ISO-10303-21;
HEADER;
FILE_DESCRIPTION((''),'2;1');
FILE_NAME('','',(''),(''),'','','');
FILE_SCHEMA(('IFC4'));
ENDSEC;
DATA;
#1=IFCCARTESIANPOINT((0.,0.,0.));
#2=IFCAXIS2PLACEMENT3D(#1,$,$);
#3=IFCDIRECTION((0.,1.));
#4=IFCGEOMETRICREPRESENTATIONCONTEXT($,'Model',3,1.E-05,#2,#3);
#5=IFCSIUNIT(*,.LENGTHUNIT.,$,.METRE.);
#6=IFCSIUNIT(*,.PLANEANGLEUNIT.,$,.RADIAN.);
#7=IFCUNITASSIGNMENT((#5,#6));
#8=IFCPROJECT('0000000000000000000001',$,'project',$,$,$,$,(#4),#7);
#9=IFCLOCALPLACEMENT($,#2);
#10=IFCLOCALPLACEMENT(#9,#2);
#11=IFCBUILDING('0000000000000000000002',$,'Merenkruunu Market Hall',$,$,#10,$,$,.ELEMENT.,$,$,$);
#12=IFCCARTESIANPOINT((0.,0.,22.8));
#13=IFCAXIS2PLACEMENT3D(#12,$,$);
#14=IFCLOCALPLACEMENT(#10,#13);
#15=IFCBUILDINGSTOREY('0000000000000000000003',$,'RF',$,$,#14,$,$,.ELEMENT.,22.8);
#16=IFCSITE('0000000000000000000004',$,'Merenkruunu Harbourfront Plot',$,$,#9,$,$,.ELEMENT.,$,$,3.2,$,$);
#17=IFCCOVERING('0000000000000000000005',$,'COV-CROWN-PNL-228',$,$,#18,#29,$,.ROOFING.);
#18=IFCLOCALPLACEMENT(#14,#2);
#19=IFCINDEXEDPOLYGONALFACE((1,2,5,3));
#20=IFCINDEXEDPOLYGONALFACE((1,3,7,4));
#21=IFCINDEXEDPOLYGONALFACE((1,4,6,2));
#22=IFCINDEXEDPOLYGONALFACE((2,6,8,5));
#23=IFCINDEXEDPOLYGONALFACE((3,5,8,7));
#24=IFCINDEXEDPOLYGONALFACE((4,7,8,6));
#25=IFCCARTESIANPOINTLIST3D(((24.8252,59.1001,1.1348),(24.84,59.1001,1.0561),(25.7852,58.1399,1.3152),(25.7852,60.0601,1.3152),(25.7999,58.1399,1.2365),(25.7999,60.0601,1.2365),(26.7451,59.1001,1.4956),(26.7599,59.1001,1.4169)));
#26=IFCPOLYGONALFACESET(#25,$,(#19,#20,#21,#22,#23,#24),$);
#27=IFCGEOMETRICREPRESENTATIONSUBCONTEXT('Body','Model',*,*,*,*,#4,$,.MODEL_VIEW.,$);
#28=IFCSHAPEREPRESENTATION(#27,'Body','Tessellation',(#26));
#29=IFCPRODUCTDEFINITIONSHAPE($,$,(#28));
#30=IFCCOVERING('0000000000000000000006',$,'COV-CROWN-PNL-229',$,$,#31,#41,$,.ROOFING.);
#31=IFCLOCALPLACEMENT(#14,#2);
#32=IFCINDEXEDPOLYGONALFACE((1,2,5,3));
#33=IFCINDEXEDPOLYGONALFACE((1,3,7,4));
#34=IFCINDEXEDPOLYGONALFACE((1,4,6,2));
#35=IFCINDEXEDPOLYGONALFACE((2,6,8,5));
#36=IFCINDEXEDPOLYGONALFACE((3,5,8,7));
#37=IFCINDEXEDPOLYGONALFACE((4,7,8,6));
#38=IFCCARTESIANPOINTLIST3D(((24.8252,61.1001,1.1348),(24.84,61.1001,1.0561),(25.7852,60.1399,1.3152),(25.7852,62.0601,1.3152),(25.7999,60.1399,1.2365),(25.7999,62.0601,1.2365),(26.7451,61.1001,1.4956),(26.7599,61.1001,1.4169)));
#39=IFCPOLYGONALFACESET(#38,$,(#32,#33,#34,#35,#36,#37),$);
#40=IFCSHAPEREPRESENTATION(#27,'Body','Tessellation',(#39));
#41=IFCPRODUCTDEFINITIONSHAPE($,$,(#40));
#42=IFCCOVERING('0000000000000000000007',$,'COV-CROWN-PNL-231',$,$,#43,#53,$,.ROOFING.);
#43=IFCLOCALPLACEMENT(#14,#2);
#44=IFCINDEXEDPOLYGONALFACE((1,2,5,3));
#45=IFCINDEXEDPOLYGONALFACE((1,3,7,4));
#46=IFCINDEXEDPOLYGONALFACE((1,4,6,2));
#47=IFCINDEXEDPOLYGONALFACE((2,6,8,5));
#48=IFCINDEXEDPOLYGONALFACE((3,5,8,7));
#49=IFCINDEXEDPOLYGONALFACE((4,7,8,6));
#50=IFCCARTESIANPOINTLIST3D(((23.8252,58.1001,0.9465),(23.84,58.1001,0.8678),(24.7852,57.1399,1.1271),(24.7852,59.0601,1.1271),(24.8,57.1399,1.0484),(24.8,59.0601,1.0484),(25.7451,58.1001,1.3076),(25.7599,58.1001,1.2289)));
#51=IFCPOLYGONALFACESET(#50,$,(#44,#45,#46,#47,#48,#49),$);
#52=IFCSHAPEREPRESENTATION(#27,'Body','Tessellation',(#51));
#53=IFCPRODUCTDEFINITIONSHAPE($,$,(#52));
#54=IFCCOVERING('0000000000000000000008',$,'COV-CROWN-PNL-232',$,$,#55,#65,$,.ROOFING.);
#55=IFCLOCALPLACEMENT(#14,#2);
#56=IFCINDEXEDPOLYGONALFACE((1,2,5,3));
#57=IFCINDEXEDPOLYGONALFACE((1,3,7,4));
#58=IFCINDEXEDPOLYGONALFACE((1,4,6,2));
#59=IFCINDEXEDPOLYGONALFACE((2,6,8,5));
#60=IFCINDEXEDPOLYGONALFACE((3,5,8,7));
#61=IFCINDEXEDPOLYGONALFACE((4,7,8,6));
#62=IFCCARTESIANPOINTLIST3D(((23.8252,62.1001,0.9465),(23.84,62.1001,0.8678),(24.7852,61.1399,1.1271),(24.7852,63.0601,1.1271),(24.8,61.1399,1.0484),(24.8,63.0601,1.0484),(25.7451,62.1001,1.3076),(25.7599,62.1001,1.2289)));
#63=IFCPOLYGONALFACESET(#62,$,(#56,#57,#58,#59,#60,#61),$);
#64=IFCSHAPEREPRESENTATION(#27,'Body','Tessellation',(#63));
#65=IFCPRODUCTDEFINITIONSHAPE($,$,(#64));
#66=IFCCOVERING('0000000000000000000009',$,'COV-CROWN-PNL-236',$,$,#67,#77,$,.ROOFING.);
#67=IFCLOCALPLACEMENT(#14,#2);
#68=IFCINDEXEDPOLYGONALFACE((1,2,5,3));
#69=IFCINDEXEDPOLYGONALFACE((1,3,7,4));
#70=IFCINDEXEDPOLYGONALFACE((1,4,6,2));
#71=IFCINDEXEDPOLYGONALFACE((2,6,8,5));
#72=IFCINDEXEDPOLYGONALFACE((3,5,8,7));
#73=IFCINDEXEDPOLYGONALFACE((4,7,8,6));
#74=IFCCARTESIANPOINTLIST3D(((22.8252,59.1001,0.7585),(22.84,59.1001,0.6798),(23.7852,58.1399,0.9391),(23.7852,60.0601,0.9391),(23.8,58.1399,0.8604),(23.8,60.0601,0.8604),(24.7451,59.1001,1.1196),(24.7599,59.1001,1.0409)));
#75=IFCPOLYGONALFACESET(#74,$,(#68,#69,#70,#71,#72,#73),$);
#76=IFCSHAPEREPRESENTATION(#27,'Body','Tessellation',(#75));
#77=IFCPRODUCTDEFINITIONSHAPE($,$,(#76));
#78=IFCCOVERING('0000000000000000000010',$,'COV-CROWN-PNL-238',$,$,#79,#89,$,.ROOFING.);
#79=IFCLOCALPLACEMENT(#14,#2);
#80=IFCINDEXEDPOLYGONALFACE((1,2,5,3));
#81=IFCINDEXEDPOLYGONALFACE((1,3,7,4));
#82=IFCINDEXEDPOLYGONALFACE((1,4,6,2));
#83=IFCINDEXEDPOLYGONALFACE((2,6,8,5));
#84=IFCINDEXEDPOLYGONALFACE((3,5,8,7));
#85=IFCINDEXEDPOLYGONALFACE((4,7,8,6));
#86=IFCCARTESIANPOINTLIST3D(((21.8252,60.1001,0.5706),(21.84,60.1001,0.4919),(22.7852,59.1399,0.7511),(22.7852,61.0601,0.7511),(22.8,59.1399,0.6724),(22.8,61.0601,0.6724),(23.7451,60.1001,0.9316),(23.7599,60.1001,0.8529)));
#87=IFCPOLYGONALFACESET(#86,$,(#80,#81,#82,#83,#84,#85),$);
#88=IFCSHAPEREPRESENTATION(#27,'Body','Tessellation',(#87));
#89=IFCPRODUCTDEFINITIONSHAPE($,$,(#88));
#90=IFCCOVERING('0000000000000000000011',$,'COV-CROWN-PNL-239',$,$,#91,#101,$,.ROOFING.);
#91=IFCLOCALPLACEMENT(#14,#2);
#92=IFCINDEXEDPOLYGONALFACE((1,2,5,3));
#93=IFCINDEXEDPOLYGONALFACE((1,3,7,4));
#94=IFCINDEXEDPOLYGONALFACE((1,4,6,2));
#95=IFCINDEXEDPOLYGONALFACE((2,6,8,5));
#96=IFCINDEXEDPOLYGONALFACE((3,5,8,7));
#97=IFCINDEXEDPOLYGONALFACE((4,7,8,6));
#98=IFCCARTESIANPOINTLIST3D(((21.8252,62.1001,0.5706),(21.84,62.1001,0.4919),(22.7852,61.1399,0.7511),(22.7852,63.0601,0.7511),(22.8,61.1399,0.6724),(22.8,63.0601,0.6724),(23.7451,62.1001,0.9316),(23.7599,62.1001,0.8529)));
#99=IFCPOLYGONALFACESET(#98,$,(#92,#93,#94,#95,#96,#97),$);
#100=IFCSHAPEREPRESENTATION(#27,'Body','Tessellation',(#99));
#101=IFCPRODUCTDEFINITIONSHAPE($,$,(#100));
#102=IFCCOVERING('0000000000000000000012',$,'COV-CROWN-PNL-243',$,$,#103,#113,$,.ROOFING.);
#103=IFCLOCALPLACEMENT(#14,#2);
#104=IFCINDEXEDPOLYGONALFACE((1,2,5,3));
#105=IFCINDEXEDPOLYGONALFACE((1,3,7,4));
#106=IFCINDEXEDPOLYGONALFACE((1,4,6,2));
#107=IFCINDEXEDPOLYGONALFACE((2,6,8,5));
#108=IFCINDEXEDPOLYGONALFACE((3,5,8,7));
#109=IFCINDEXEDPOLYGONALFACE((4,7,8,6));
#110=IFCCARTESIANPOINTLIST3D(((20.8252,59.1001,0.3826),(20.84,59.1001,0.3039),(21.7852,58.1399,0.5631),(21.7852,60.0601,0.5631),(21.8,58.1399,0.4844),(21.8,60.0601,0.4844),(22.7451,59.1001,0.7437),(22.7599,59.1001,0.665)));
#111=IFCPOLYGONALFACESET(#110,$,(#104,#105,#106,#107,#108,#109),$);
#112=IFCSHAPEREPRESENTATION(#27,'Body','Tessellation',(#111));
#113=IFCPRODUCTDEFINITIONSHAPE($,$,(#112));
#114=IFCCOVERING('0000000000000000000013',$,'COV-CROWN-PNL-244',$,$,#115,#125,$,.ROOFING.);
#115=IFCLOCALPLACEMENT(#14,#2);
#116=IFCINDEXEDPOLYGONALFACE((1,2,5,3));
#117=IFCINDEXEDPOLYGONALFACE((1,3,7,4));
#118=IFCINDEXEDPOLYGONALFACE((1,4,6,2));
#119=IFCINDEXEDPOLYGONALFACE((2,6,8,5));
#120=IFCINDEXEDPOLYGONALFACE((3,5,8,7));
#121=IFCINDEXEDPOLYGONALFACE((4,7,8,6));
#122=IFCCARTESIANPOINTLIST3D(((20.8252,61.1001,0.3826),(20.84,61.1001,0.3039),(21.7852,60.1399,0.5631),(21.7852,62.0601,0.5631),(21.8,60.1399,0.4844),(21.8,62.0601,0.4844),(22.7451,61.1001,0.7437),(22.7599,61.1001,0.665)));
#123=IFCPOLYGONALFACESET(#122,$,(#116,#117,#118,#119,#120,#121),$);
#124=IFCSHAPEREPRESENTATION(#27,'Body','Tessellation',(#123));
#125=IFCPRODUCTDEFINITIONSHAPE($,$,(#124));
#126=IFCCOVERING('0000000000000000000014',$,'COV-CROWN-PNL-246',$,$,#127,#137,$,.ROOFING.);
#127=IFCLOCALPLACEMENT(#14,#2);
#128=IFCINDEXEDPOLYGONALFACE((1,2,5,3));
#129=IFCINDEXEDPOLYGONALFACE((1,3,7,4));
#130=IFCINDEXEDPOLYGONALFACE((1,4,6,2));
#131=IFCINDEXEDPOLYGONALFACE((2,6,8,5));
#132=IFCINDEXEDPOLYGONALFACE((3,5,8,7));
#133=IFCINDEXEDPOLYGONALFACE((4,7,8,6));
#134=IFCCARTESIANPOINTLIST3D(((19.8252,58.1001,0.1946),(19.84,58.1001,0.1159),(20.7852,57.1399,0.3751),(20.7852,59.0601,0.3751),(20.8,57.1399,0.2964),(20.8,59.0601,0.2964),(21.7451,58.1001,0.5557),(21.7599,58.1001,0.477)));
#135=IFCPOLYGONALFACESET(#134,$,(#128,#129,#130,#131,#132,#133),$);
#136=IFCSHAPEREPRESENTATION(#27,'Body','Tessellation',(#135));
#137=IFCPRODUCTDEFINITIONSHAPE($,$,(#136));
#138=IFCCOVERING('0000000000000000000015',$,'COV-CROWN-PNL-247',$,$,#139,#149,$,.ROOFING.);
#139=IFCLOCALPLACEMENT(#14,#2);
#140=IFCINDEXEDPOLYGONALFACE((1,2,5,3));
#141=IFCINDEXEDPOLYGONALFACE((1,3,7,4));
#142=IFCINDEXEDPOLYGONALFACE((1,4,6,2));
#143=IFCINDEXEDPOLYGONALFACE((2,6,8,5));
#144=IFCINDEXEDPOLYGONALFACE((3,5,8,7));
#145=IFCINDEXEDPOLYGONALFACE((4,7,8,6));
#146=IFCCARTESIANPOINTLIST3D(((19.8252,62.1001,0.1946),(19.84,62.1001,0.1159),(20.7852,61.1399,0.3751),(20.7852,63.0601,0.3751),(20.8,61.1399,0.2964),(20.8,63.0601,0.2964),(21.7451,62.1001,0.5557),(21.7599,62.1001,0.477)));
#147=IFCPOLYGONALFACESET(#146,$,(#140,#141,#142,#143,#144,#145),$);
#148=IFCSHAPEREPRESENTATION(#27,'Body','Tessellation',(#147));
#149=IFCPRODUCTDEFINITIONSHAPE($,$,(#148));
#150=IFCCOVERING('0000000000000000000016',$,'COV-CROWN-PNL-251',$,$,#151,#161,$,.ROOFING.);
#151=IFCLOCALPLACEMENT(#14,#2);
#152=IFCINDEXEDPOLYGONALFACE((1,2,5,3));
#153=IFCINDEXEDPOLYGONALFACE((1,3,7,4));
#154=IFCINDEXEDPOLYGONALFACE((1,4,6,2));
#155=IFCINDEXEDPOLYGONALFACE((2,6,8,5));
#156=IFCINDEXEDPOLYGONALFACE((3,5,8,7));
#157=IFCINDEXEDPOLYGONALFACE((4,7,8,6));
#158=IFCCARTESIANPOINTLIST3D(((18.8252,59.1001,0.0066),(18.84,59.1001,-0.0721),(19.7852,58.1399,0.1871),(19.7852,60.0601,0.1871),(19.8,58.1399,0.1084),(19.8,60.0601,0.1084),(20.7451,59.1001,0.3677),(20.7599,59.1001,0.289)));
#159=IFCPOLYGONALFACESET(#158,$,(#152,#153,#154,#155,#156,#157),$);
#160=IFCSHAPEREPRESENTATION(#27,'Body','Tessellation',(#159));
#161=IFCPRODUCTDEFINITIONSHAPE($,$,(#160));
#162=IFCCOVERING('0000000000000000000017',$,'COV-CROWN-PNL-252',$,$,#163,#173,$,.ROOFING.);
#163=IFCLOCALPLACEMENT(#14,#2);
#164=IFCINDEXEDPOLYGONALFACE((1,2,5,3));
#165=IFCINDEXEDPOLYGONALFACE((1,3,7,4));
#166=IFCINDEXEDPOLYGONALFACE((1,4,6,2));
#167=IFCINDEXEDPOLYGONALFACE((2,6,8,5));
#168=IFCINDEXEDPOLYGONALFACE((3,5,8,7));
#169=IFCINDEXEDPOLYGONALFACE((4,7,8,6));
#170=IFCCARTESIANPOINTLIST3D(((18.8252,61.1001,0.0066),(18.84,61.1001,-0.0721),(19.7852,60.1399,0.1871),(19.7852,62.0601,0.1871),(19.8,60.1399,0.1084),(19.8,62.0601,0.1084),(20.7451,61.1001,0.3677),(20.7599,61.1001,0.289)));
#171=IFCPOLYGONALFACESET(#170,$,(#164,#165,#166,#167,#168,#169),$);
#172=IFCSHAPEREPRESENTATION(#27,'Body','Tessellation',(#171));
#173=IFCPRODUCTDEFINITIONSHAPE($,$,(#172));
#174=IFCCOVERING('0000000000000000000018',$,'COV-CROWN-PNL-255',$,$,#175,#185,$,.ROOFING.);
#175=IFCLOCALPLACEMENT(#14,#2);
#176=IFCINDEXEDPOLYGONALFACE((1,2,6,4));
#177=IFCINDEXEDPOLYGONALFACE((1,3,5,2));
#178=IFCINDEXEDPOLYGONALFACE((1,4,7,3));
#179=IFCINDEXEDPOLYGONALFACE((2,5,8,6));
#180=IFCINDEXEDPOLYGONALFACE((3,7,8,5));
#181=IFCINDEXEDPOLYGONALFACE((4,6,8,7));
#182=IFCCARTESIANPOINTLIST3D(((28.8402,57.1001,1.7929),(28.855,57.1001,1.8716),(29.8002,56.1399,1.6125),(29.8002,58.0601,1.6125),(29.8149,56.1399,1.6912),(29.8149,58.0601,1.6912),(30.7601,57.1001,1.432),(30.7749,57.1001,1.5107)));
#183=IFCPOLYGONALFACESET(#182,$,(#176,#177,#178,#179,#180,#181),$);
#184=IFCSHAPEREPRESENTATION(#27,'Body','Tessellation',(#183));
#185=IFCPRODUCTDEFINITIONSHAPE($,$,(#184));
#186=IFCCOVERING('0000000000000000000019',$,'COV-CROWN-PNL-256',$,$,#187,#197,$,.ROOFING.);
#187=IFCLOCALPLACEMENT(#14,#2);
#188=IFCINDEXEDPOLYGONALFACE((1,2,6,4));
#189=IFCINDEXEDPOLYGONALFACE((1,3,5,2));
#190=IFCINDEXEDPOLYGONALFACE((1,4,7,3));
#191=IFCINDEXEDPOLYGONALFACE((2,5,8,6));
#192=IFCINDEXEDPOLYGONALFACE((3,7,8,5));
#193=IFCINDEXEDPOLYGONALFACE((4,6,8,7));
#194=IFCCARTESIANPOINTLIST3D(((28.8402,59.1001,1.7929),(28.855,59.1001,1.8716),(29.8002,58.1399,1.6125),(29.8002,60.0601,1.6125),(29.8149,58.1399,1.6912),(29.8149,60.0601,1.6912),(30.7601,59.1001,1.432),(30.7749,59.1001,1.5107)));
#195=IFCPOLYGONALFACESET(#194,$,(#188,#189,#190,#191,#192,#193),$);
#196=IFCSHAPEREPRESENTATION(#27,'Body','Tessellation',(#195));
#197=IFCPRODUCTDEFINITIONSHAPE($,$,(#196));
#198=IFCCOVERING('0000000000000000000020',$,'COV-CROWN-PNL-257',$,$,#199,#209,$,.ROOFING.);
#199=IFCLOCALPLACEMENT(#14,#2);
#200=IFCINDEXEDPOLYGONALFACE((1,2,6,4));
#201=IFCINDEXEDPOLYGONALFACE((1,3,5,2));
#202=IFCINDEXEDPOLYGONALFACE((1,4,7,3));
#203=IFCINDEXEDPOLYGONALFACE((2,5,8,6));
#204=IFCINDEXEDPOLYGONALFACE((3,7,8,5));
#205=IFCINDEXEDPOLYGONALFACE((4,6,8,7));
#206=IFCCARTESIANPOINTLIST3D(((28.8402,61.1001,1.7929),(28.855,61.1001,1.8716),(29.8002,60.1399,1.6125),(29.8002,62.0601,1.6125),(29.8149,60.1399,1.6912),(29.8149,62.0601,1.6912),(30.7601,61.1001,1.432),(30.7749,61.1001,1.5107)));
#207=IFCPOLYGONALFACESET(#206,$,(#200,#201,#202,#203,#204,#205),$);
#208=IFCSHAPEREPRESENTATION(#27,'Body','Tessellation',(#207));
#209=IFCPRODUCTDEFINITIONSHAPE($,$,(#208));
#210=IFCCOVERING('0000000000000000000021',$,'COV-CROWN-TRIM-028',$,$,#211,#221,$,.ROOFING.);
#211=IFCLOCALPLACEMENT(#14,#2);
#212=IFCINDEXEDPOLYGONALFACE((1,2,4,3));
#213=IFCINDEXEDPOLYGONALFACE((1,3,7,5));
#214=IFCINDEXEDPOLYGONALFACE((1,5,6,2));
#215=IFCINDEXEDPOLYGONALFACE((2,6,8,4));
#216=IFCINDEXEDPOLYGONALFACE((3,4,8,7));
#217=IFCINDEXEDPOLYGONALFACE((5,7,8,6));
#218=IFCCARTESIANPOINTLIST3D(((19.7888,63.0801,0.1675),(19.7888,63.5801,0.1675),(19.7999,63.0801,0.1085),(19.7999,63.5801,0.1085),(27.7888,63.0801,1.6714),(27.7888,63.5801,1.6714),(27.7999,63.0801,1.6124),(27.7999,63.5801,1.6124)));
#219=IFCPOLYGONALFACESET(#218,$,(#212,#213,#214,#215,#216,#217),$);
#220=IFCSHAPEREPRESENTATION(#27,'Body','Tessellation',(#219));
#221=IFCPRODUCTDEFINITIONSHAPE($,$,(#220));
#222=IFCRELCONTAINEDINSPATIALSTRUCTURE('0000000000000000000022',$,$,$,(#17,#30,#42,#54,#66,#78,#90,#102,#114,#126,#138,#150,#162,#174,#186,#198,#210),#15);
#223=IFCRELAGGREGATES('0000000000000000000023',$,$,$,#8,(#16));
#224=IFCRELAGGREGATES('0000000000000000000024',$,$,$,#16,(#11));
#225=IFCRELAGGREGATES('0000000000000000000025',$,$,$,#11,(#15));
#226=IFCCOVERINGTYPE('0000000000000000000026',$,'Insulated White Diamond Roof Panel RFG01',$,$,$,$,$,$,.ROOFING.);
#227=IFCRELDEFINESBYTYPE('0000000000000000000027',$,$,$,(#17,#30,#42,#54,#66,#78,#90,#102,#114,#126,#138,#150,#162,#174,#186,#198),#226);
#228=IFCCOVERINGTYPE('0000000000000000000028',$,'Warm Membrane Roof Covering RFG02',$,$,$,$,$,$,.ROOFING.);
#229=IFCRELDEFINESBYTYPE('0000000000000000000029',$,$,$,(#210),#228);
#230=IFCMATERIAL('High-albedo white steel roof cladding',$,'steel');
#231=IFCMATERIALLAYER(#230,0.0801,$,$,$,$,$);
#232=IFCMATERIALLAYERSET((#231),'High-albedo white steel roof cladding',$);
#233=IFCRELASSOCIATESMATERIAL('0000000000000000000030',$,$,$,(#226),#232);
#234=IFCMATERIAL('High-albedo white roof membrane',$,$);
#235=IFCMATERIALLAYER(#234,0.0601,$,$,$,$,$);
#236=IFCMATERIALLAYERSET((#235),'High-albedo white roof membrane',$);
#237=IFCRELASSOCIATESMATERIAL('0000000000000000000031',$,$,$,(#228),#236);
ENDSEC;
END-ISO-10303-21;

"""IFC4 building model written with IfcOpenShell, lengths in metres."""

from ifc_helpers import new_model, si_unit, direction, frame, origin, place, context, subcontext, project, spatial, polyline, outline, extrude, material, layer, layer_set, type_object, element, save


model = new_model("IFC4")

# Units and contexts
model_context = context("Model", 3, precision=1e-05, world=origin(), true_north=direction((0.0, 1.0)))
body_context = subcontext(model_context, "Body", "Model", "MODEL_VIEW")
ifc_project = project(units=[si_unit("LENGTHUNIT", "METRE"), si_unit("PLANEANGLEUNIT", "RADIAN")], contexts=[model_context])

# Site, building, storey
site_placement = place(None, origin())
site = spatial("IfcSite", under=ifc_project, at=site_placement, Name="Merenkruunu Harbourfront Plot", CompositionType="ELEMENT", RefElevation=3.2)
building_placement = place(site_placement, origin())
building = spatial("IfcBuilding", under=site, at=building_placement, Name="Merenkruunu Market Hall", CompositionType="ELEMENT")
storey_placement = place(building_placement, frame((0.0, 0.0, 22.8)))
storey = spatial("IfcBuildingStorey", under=building, at=storey_placement, Name="RF", CompositionType="ELEMENT", Elevation=22.8)

# Coverings
ifc_material_1 = material(Name="High-albedo white steel roof cladding", Category="steel")
ifc_layer_1 = layer(ifc_material_1, 0.0801)
ifc_layer_set_1 = layer_set([ifc_layer_1], Name="High-albedo white steel roof cladding")
covering_type_1 = type_object("IfcCoveringType", Name="Insulated White Diamond Roof Panel RFG01", PredefinedType="ROOFING", material=ifc_layer_set_1)
for number, where, z_axis, x_axis, name in (
    (1, (24.8252, 59.1001, 1.1348), (-0.184711, 0.0, 0.982793), (0.700856, -0.701035, 0.131722), "COV-CROWN-PNL-228"),
    (2, (24.8252, 61.1001, 1.1348), (-0.184711, 0.0, 0.982793), (0.700856, -0.701035, 0.131722), "COV-CROWN-PNL-229"),
):
    element("IfcCovering", number, at=place(storey_placement, frame(where, z_axis=z_axis, x_axis=x_axis)), inside=storey, type_object=covering_type_1, Name=name, PredefinedType="ROOFING", context=body_context, shape_type="SweptSolid", body=[
        extrude(outline(polyline([(0.0, 0.0), (1.3697, 0.0), (1.3931, 1.3695), (0.0236, 1.3693), (0.0, 0.0)])), origin(), (0.0, 0.0, -1.0), 0.0801),
    ])
for number, where, z_axis, x_axis, name in (
    (3, (23.8252, 58.1001, 0.9465), (-0.184832, 0.0, 0.98277), (0.700856, -0.701018, 0.131812), "COV-CROWN-PNL-231"),
    (4, (23.8252, 62.1001, 0.9465), (-0.184832, 0.0, 0.98277), (0.700856, -0.701018, 0.131812), "COV-CROWN-PNL-232"),
    (5, (22.8252, 59.1001, 0.7585), (-0.184832, 0.0, 0.98277), (0.700856, -0.701018, 0.131812), "COV-CROWN-PNL-236"),
    (6, (21.8252, 60.1001, 0.5706), (-0.184832, 0.0, 0.98277), (0.700856, -0.701018, 0.131812), "COV-CROWN-PNL-238"),
    (7, (21.8252, 62.1001, 0.5706), (-0.184832, 0.0, 0.98277), (0.700856, -0.701018, 0.131812), "COV-CROWN-PNL-239"),
    (8, (20.8252, 59.1001, 0.3826), (-0.184832, 0.0, 0.98277), (0.700856, -0.701018, 0.131812), "COV-CROWN-PNL-243"),
    (9, (20.8252, 61.1001, 0.3826), (-0.184832, 0.0, 0.98277), (0.700856, -0.701018, 0.131812), "COV-CROWN-PNL-244"),
    (10, (19.8252, 58.1001, 0.1946), (-0.184832, 0.0, 0.98277), (0.700856, -0.701018, 0.131812), "COV-CROWN-PNL-246"),
    (11, (19.8252, 62.1001, 0.1946), (-0.184832, 0.0, 0.98277), (0.700856, -0.701018, 0.131812), "COV-CROWN-PNL-247"),
    (12, (18.8252, 59.1001, 0.0066), (-0.184832, 0.0, 0.98277), (0.700856, -0.701018, 0.131812), "COV-CROWN-PNL-251"),
    (13, (18.8252, 61.1001, 0.0066), (-0.184832, 0.0, 0.98277), (0.700856, -0.701018, 0.131812), "COV-CROWN-PNL-252"),
):
    element("IfcCovering", number, at=place(storey_placement, frame(where, z_axis=z_axis, x_axis=x_axis)), inside=storey, type_object=covering_type_1, Name=name, PredefinedType="ROOFING", context=body_context, shape_type="SweptSolid", body=[
        extrude(outline(polyline([(0.0, 0.0), (1.3697, 0.0), (1.3932, 1.3695), (0.0237, 1.3694), (0.0, 0.0)])), origin(), (0.0, 0.0, -1.0), 0.0801),
    ])
for number, where, z_axis, x_axis, name in (
    (14, (28.855, 57.1001, 1.8716), (0.184711, 0.0, 0.982793), (0.700856, -0.701035, -0.131722), "COV-CROWN-PNL-255"),
    (15, (28.855, 59.1001, 1.8716), (0.184711, 0.0, 0.982793), (0.700856, -0.701035, -0.131722), "COV-CROWN-PNL-256"),
    (16, (28.855, 61.1001, 1.8716), (0.184711, 0.0, 0.982793), (0.700856, -0.701035, -0.131722), "COV-CROWN-PNL-257"),
):
    element("IfcCovering", number, at=place(storey_placement, frame(where, z_axis=z_axis, x_axis=x_axis)), inside=storey, type_object=covering_type_1, Name=name, PredefinedType="ROOFING", context=body_context, shape_type="SweptSolid", body=[
        extrude(outline(polyline([(0.0, 0.0), (1.3697, 0.0), (1.3931, 1.3695), (0.0236, 1.3693), (0.0, 0.0)])), origin(), (0.0, 0.0, -1.0), 0.0801),
    ])
ifc_material_2 = material(Name="High-albedo white roof membrane")
ifc_layer_2 = layer(ifc_material_2, 0.0601)
ifc_layer_set_2 = layer_set([ifc_layer_2], Name="High-albedo white roof membrane")
covering_type_2 = type_object("IfcCoveringType", Name="Warm Membrane Roof Covering RFG02", PredefinedType="ROOFING", material=ifc_layer_set_2)
covering_placement = place(storey_placement, frame((19.7888, 63.0801, 0.1675), z_axis=(-0.184752, 0.0, 0.982785), x_axis=(0.982785, 0.0, 0.184752)))
element("IfcCovering", 17, at=covering_placement, inside=storey, type_object=covering_type_2, Name="COV-CROWN-TRIM-028", PredefinedType="ROOFING", context=body_context, shape_type="SweptSolid", body=[
    extrude(outline(polyline([(0.0, 0.0), (8.1401, 0.0), (8.1401, 0.5), (0.0, 0.5), (0.0, 0.0)])), origin(), (0.0, 0.0, -1.0), 0.0601),
])

save(model, "model.ifc")
